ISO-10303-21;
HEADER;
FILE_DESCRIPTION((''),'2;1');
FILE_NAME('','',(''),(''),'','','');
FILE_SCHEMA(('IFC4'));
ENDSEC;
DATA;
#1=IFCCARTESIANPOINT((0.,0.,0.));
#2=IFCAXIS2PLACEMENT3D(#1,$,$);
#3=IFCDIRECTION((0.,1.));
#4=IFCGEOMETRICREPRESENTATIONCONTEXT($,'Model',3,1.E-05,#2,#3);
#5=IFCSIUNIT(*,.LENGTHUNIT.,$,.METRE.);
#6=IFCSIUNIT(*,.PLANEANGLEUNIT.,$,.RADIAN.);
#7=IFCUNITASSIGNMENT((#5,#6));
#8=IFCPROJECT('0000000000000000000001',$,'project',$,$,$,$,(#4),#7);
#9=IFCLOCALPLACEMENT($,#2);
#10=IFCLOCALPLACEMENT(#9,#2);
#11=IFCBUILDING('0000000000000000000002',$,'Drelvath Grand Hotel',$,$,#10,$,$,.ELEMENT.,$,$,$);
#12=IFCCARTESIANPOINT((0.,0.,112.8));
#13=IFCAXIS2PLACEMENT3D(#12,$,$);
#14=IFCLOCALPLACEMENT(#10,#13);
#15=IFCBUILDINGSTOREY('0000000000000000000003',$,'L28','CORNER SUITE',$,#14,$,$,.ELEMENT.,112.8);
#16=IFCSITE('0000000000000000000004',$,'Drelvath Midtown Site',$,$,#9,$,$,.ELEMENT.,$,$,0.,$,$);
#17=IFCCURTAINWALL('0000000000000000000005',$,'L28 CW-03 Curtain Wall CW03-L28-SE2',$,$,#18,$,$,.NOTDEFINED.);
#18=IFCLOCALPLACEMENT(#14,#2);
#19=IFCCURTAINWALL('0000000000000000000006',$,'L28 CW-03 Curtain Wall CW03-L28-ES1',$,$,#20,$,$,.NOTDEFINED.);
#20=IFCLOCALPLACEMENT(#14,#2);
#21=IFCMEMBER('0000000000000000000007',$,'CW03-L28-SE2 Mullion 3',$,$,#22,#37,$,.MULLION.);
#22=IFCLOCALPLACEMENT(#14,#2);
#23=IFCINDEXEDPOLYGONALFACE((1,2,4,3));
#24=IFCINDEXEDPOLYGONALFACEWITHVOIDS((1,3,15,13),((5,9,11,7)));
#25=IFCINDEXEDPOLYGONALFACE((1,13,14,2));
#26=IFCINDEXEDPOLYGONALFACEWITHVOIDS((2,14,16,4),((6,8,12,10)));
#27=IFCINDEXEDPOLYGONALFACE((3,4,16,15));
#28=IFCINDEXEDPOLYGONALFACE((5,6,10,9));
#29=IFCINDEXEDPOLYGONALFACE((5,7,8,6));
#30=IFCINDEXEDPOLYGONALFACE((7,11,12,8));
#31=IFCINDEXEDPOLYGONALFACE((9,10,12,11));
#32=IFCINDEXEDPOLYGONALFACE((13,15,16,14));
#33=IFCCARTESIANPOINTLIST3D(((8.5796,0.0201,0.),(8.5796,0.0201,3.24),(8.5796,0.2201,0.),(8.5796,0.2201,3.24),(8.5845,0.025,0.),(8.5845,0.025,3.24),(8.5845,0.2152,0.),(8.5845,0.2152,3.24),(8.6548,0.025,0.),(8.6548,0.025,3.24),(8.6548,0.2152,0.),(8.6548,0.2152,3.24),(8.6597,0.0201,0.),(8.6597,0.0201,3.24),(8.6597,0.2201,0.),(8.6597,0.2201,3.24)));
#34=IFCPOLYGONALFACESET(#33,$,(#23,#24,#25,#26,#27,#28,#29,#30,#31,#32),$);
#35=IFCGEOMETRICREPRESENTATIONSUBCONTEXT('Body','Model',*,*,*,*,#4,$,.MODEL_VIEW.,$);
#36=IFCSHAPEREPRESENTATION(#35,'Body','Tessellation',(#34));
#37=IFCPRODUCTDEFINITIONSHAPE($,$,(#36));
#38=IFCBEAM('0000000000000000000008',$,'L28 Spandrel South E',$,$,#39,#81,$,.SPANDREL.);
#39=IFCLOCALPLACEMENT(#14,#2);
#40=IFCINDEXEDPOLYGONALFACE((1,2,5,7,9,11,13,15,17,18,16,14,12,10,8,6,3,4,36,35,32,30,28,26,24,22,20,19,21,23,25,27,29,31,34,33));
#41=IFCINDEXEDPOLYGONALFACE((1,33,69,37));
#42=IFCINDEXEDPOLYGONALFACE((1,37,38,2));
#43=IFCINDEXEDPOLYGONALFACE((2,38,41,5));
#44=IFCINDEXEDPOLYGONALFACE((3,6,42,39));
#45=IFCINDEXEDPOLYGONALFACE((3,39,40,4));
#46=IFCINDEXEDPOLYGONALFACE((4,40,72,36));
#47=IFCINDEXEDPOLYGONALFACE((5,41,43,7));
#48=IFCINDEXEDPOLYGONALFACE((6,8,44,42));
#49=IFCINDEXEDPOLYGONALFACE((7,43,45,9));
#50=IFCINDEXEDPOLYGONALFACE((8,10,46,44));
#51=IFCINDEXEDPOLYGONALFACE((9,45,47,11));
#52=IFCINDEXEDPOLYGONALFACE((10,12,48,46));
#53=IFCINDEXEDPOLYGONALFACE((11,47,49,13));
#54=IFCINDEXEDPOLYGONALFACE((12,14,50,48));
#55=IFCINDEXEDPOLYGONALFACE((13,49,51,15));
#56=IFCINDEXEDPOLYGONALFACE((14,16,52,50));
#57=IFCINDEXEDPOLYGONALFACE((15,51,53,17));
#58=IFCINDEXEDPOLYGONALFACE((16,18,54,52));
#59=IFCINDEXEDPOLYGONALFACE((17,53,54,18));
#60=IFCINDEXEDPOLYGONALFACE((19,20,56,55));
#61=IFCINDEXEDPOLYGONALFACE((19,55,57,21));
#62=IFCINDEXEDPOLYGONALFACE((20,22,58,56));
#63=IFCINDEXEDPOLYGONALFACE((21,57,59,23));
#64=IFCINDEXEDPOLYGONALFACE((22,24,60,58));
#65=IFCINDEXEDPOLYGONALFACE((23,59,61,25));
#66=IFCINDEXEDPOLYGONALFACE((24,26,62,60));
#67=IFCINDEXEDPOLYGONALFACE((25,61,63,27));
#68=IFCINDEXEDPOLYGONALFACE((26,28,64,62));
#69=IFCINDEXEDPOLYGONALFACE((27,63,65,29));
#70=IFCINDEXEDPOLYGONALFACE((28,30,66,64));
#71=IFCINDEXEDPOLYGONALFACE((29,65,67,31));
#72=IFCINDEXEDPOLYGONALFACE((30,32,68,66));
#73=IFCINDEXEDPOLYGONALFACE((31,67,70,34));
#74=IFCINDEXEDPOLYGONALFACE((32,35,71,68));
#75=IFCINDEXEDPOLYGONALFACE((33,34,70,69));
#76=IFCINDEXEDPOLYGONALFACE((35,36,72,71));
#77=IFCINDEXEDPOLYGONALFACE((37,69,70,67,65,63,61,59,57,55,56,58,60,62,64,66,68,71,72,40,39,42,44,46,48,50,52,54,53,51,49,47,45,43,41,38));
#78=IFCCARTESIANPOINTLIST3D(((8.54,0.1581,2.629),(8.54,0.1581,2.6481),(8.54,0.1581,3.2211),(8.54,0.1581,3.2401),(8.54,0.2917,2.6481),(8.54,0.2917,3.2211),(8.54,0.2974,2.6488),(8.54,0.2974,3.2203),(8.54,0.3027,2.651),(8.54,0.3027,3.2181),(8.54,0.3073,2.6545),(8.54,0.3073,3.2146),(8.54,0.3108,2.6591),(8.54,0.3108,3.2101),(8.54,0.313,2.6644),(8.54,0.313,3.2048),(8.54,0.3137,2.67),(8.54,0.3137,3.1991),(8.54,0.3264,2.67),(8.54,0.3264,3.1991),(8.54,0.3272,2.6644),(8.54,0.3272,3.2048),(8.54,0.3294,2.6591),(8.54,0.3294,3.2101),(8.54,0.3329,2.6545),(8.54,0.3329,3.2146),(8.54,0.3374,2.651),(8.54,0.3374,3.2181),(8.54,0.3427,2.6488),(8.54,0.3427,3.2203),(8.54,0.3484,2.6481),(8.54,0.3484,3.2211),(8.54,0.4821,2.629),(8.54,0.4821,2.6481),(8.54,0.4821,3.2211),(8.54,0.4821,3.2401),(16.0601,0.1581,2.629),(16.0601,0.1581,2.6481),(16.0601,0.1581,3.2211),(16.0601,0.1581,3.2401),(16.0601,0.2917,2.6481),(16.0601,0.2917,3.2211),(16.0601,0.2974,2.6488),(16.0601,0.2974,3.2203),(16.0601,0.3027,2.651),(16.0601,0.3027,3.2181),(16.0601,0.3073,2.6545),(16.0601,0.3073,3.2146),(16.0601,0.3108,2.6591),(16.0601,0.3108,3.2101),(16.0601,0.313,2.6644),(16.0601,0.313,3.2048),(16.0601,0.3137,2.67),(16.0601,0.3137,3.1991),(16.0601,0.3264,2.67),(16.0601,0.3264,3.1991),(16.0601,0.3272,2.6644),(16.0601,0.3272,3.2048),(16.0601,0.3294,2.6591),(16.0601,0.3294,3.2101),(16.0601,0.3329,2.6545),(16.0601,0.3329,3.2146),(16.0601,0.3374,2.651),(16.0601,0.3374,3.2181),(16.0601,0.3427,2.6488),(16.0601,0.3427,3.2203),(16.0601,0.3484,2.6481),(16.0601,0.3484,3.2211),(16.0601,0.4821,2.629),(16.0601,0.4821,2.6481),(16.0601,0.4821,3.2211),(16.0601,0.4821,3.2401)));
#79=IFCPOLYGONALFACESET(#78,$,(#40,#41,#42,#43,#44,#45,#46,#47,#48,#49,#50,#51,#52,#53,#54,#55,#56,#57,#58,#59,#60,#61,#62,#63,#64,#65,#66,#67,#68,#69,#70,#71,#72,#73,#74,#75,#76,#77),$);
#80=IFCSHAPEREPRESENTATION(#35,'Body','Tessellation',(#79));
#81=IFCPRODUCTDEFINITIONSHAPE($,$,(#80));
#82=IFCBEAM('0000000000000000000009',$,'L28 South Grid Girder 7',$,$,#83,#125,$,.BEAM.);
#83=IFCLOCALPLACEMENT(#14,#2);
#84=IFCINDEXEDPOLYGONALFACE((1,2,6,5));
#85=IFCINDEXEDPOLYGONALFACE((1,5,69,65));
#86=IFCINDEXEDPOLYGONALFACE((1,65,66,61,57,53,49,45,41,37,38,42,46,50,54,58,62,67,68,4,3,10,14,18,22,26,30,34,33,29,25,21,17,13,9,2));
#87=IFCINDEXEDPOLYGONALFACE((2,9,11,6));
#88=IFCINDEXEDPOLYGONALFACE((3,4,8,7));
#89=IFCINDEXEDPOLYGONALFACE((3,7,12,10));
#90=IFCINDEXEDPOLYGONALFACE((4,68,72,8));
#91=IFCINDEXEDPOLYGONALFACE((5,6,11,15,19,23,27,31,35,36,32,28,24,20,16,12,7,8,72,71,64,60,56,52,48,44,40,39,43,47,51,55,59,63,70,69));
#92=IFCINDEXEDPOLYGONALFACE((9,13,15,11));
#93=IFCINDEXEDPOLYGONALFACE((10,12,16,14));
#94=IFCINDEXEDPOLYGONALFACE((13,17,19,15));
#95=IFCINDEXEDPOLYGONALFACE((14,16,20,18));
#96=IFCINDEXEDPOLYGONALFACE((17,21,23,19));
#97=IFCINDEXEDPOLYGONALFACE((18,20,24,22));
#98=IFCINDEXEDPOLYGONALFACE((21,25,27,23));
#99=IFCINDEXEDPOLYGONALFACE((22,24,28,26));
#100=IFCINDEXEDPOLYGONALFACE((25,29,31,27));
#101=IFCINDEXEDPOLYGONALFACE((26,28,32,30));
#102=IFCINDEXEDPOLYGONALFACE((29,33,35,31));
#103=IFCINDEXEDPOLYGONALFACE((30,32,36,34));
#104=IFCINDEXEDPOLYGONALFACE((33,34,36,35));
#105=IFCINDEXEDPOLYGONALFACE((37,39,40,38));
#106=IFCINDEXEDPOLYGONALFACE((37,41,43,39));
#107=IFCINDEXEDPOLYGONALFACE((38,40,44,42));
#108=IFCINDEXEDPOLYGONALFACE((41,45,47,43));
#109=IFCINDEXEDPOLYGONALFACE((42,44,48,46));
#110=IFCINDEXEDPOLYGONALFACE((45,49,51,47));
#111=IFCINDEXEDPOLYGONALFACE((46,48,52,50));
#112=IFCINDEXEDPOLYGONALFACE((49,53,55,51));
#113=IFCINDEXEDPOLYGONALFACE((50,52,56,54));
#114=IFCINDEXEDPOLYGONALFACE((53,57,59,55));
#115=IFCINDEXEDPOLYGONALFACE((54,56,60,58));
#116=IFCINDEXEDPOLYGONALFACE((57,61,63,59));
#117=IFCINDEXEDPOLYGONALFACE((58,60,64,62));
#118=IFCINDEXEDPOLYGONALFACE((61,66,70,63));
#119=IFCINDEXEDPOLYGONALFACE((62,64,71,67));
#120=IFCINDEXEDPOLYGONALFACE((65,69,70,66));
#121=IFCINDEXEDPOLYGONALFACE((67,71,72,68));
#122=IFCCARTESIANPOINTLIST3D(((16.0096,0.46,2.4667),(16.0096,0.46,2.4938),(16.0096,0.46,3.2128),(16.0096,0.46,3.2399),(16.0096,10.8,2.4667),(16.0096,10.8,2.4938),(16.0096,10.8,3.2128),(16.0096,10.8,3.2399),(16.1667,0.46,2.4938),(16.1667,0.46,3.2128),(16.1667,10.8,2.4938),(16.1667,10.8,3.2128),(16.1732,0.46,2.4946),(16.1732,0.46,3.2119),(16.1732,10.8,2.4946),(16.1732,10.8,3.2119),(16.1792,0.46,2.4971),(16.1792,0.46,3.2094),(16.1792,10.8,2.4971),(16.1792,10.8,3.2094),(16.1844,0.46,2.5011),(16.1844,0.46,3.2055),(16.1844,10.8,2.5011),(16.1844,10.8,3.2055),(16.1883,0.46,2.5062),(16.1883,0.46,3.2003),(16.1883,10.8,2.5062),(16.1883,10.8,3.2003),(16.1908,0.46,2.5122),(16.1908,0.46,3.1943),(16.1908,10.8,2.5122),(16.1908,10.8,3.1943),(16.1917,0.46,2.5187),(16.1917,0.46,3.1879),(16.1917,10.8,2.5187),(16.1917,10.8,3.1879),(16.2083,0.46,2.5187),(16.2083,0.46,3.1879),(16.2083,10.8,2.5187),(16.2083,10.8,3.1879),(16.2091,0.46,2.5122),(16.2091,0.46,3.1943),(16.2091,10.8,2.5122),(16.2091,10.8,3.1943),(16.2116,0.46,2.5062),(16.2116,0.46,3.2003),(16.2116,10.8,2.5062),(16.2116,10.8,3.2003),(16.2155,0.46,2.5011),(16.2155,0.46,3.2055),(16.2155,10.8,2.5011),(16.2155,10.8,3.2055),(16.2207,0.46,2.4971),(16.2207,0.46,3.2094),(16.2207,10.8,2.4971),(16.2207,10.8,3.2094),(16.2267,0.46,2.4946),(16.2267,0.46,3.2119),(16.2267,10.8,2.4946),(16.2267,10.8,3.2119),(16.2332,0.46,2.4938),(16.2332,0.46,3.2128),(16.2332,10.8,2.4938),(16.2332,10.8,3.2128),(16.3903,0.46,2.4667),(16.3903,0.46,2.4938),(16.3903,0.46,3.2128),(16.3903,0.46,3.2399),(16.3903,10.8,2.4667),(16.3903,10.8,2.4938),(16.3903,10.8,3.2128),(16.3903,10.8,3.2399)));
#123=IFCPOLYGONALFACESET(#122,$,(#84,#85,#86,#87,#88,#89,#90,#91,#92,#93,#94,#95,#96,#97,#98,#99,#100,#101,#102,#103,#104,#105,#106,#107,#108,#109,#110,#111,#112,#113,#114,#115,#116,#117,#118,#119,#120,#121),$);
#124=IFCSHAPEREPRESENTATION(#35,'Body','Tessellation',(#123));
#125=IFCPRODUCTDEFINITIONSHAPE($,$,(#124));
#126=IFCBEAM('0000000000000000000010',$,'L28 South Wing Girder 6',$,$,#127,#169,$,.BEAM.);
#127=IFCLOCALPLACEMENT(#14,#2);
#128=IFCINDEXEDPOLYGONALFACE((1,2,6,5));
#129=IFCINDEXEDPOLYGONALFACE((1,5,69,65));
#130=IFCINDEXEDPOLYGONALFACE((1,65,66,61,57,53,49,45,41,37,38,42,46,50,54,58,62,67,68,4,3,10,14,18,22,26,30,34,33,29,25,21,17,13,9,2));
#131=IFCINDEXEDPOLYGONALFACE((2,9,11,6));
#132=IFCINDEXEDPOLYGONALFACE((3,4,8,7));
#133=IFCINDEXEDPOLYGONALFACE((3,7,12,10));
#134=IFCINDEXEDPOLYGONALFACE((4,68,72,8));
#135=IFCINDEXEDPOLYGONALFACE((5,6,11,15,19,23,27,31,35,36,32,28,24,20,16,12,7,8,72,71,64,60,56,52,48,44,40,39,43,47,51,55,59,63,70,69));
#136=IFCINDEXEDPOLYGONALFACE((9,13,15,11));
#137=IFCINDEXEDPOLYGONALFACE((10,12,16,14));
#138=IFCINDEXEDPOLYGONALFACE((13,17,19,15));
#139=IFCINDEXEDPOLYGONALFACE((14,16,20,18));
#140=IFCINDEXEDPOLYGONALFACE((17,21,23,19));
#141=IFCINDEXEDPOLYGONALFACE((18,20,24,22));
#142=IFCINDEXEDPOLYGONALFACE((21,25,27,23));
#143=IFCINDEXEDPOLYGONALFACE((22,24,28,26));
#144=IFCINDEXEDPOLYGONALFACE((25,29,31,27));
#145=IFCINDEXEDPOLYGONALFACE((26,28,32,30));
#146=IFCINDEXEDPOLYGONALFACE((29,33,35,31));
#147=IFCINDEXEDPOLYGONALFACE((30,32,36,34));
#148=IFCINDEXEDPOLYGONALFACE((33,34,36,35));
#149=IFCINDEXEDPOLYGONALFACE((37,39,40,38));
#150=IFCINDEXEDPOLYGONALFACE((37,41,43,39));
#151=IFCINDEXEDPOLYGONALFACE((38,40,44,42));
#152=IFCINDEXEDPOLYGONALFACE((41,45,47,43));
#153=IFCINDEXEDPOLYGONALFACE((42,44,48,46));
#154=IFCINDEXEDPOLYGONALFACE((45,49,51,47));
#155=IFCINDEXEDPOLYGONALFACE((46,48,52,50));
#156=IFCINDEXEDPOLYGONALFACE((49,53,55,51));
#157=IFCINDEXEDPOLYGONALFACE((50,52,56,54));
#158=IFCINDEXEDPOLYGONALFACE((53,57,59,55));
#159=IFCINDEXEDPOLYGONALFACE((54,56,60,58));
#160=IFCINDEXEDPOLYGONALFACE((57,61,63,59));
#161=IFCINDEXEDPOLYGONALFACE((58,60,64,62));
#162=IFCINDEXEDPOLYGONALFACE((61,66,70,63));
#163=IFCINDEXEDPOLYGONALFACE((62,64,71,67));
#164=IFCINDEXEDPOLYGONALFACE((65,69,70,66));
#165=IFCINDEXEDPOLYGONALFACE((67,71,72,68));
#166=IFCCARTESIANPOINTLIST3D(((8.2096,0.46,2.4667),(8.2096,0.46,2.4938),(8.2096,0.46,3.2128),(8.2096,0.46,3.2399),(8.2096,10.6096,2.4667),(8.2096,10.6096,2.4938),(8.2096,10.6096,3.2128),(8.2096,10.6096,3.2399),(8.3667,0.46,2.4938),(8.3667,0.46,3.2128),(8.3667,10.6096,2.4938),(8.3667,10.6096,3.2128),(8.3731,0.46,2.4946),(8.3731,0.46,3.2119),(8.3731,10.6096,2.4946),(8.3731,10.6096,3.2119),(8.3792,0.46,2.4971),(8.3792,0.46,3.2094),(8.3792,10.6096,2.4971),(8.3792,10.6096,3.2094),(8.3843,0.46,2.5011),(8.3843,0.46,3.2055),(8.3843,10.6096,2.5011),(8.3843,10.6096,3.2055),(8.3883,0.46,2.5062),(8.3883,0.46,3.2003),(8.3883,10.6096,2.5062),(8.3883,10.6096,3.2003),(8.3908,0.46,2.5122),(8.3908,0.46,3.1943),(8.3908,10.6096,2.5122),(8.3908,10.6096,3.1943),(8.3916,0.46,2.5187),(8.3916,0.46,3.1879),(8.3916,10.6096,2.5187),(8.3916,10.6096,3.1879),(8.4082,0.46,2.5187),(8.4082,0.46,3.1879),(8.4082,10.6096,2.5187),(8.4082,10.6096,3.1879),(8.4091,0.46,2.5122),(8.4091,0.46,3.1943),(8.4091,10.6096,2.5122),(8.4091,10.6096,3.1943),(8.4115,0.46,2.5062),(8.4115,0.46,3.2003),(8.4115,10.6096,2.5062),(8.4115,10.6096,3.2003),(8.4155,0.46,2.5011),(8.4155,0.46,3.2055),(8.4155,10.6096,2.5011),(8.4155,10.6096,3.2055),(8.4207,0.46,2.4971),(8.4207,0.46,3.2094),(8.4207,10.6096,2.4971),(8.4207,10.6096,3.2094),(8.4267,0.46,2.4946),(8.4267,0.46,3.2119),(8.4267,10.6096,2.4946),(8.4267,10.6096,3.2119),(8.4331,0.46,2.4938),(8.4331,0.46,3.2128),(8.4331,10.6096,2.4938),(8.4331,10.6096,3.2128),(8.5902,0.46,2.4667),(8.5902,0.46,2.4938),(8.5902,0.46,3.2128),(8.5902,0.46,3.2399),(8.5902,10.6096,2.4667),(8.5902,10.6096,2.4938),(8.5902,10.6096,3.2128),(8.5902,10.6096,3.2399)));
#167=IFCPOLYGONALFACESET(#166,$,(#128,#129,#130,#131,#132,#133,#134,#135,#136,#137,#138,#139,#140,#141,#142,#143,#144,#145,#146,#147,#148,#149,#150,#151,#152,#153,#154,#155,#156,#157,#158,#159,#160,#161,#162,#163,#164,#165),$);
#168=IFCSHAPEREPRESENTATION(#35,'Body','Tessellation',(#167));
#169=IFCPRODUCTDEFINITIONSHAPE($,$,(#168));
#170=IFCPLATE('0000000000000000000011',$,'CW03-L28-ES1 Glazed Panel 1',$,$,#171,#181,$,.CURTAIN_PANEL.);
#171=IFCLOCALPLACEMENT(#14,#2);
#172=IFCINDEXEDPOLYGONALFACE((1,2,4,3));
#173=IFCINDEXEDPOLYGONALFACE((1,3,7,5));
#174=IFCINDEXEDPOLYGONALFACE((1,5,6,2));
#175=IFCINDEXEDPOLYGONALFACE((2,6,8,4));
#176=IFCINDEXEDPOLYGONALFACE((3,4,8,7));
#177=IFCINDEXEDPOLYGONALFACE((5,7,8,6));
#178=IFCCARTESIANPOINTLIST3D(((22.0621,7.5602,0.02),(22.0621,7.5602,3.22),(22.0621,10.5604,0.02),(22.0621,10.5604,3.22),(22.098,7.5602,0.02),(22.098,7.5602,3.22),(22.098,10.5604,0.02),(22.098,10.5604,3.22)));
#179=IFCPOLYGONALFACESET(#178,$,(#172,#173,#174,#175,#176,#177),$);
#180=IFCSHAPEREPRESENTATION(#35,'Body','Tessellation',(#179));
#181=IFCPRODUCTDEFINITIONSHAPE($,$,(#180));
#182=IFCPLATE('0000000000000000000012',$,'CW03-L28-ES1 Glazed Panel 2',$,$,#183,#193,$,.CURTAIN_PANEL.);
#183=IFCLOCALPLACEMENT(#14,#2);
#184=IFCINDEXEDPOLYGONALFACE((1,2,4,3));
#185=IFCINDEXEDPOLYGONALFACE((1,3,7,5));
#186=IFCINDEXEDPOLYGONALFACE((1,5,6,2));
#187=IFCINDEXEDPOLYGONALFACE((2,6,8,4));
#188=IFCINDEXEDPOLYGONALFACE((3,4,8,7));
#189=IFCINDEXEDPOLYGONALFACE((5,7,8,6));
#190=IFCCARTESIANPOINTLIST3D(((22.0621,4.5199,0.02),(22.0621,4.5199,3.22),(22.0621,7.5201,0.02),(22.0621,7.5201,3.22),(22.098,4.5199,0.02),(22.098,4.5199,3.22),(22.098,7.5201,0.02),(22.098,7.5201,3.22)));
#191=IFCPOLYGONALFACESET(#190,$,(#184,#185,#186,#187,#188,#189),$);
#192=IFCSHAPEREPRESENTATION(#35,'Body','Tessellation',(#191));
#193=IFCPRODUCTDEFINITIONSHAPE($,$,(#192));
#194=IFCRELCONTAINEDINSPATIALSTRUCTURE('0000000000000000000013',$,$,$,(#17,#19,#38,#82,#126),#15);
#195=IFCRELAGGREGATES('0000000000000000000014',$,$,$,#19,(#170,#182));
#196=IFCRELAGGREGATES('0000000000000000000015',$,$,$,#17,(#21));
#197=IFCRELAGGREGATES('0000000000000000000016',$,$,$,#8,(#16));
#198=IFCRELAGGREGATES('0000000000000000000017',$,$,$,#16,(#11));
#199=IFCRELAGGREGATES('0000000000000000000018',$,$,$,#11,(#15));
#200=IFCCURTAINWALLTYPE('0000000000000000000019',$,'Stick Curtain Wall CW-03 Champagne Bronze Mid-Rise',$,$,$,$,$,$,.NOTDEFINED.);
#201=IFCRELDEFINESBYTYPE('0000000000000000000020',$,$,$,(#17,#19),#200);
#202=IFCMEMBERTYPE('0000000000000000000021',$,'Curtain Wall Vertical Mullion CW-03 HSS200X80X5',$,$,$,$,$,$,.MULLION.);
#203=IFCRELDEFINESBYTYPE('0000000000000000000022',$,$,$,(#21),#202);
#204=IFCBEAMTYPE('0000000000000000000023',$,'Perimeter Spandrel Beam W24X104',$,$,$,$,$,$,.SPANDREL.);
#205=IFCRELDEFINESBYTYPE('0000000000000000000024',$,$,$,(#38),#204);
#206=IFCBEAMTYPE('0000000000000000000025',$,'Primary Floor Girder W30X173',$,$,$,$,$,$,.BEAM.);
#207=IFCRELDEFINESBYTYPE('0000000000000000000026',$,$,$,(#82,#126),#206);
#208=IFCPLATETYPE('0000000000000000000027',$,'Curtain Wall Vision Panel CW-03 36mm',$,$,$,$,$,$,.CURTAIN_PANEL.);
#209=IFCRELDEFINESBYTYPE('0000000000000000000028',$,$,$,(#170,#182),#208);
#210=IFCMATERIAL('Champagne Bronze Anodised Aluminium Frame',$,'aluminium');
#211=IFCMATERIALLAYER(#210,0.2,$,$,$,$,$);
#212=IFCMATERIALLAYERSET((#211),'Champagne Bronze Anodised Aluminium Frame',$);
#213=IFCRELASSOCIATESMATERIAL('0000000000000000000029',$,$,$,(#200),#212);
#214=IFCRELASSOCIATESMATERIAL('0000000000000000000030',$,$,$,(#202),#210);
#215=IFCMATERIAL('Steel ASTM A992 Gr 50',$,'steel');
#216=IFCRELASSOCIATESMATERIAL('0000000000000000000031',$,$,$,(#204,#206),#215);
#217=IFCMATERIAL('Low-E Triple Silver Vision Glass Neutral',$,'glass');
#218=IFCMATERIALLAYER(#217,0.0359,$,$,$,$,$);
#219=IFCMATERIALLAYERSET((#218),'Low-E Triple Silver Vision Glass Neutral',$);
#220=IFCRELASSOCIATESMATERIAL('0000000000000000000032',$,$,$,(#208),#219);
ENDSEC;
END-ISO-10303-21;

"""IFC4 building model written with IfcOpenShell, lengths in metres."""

from ifc_helpers import new_model, si_unit, direction, frame, origin, origin_2d, place, context, subcontext, project, spatial, rectangle, hollow_rectangle, i_section, extrude, material, layer, layer_set, material_profile, profile_set, type_object, element, aggregate, save


model = new_model("IFC4")

# Units and contexts
model_context = context("Model", 3, precision=1e-05, world=origin(), true_north=direction((0.0, 1.0)))
body_context = subcontext(model_context, "Body", "Model", "MODEL_VIEW")
ifc_project = project(units=[si_unit("LENGTHUNIT", "METRE"), si_unit("PLANEANGLEUNIT", "RADIAN")], contexts=[model_context])

# Site, building, storey
site_placement = place(None, origin())
site = spatial("IfcSite", under=ifc_project, at=site_placement, Name="Drelvath Midtown Site", CompositionType="ELEMENT", RefElevation=0.0)
building_placement = place(site_placement, origin())
building = spatial("IfcBuilding", under=site, at=building_placement, Name="Drelvath Grand Hotel", CompositionType="ELEMENT")
storey_placement = place(building_placement, frame((0.0, 0.0, 112.8)))
storey = spatial("IfcBuildingStorey", under=building, at=storey_placement, Name="L28", Description="CORNER SUITE", CompositionType="ELEMENT", Elevation=112.8)

# Curtain wall
ifc_material_1 = material(Name="Champagne Bronze Anodised Aluminium Frame", Category="aluminium")
ifc_layer_1 = layer(ifc_material_1, 0.2)
ifc_layer_set_1 = layer_set([ifc_layer_1], Name="Champagne Bronze Anodised Aluminium Frame")
curtain_wall_type = type_object("IfcCurtainWallType", Name="Stick Curtain Wall CW-03 Champagne Bronze Mid-Rise", PredefinedType="NOTDEFINED", material=ifc_layer_set_1)
curtain_wall_1_placement = place(storey_placement, origin())
curtain_wall_1 = element("IfcCurtainWall", 1, at=curtain_wall_1_placement, inside=storey, type_object=curtain_wall_type, Name="L28 CW-03 Curtain Wall CW03-L28-SE2", PredefinedType="NOTDEFINED")

# Curtain wall
curtain_wall_2_placement = place(storey_placement, origin())
curtain_wall_2 = element("IfcCurtainWall", 2, at=curtain_wall_2_placement, inside=storey, type_object=curtain_wall_type, Name="L28 CW-03 Curtain Wall CW03-L28-ES1", PredefinedType="NOTDEFINED")
ifc_material_profile_1 = material_profile(ifc_material_1, hollow_rectangle(XDim=0.0801, YDim=0.2, WallThickness=0.0049, at=origin_2d()), Name="HSS200X80X5")
ifc_profile_set_1 = profile_set([ifc_material_profile_1], Name="Champagne Bronze Anodised Aluminium Frame")
member_type_1 = type_object("IfcMemberType", Name="Curtain Wall Vertical Mullion CW-03 HSS200X80X5", PredefinedType="MULLION", material=ifc_profile_set_1)

# Member
member_1_placement = place(storey_placement, frame((8.6196, 0.1201, 0.0), z_axis=(0.0, 0.0, 1.0), x_axis=(1.0, 0.0, 0.0)))
member_1 = element("IfcMember", 3, at=member_1_placement, type_object=member_type_1, Name="CW03-L28-SE2 Mullion 3", PredefinedType="MULLION", context=body_context, shape_type="SweptSolid", body=[
    extrude(hollow_rectangle(XDim=0.0801, YDim=0.2, WallThickness=0.0049, at=origin_2d()), origin(), (0.0, 0.0, 1.0), 3.24),
])

# Beams
ifc_material_2 = material(Name="Steel ASTM A992 Gr 50", Category="steel")
ifc_material_profile_2 = material_profile(ifc_material_2, i_section(OverallWidth=0.324, OverallDepth=0.6111, WebThickness=0.0127, FlangeThickness=0.019, FilletRadius=0.022, at=origin_2d()), Name="W24X104")
ifc_profile_set_2 = profile_set([ifc_material_profile_2], Name="Steel ASTM A992 Gr 50")
beam_type_1 = type_object("IfcBeamType", Name="Perimeter Spandrel Beam W24X104", PredefinedType="SPANDREL", material=ifc_profile_set_2)
beam_1_placement = place(storey_placement, frame((8.54, 0.3201, 2.9346), z_axis=(1.0, 0.0, 0.0), x_axis=(0.0, 1.0, 0.0)))
element("IfcBeam", 4, at=beam_1_placement, inside=storey, type_object=beam_type_1, Name="L28 Spandrel South E", PredefinedType="SPANDREL", context=body_context, shape_type="SweptSolid", body=[
    extrude(i_section(OverallWidth=0.324, OverallDepth=0.6111, WebThickness=0.0127, FlangeThickness=0.019, FilletRadius=0.022, at=origin_2d()), origin(), (0.0, 0.0, 1.0), 7.52),
])
ifc_material_profile_3 = material_profile(ifc_material_2, i_section(OverallWidth=0.3806, OverallDepth=0.7732, WebThickness=0.0166, FlangeThickness=0.0271, FilletRadius=0.0249, at=origin_2d()), Name="W30X173")
ifc_profile_set_3 = profile_set([ifc_material_profile_3], Name="Steel ASTM A992 Gr 50")
beam_type_2 = type_object("IfcBeamType", Name="Primary Floor Girder W30X173", PredefinedType="BEAM", material=ifc_profile_set_3)
beam_2_placement = place(storey_placement, frame((16.2, 0.46, 2.8533), z_axis=(0.0, 1.0, 0.0), x_axis=(-1.0, 0.0, 0.0)))
element("IfcBeam", 5, at=beam_2_placement, inside=storey, type_object=beam_type_2, Name="L28 South Grid Girder 7", PredefinedType="BEAM", context=body_context, shape_type="SweptSolid", body=[
    extrude(i_section(OverallWidth=0.3806, OverallDepth=0.7732, WebThickness=0.0166, FlangeThickness=0.0271, FilletRadius=0.0249, at=origin_2d()), origin(), (0.0, 0.0, 1.0), 10.3401),
])
beam_3_placement = place(storey_placement, frame((8.3999, 0.46, 2.8533), z_axis=(0.0, 1.0, 0.0), x_axis=(-1.0, 0.0, 0.0)))
element("IfcBeam", 6, at=beam_3_placement, inside=storey, type_object=beam_type_2, Name="L28 South Wing Girder 6", PredefinedType="BEAM", context=body_context, shape_type="SweptSolid", body=[
    extrude(i_section(OverallWidth=0.3806, OverallDepth=0.7732, WebThickness=0.0166, FlangeThickness=0.0271, FilletRadius=0.0249, at=origin_2d()), origin(), (0.0, 0.0, 1.0), 10.1497),
])

# Plates
ifc_material_3 = material(Name="Low-E Triple Silver Vision Glass Neutral", Category="glass")
ifc_layer_2 = layer(ifc_material_3, 0.0359)
ifc_layer_set_2 = layer_set([ifc_layer_2], Name="Low-E Triple Silver Vision Glass Neutral")
plate_type = type_object("IfcPlateType", Name="Curtain Wall Vision Panel CW-03 36mm", PredefinedType="CURTAIN_PANEL", material=ifc_layer_set_2)
plate_1_placement = place(storey_placement, frame((22.0801, 9.0603, 0.02), z_axis=(0.0, 0.0, 1.0), x_axis=(0.0, -1.0, 0.0)))
plate_1 = element("IfcPlate", 7, at=plate_1_placement, type_object=plate_type, Name="CW03-L28-ES1 Glazed Panel 1", PredefinedType="CURTAIN_PANEL", context=body_context, shape_type="SweptSolid", body=[
    extrude(rectangle(XDim=3.0002, YDim=0.0359, at=origin_2d()), origin(), (0.0, 0.0, 1.0), 3.2),
])
plate_2_placement = place(storey_placement, frame((22.0801, 6.02, 0.02), z_axis=(0.0, 0.0, 1.0), x_axis=(0.0, -1.0, 0.0)))
plate_2 = element("IfcPlate", 8, at=plate_2_placement, type_object=plate_type, Name="CW03-L28-ES1 Glazed Panel 2", PredefinedType="CURTAIN_PANEL", context=body_context, shape_type="SweptSolid", body=[
    extrude(rectangle(XDim=3.0002, YDim=0.0359, at=origin_2d()), origin(), (0.0, 0.0, 1.0), 3.2),
])
aggregate(curtain_wall_2, [plate_1, plate_2])
aggregate(curtain_wall_1, [member_1])

save(model, "model.ifc")
